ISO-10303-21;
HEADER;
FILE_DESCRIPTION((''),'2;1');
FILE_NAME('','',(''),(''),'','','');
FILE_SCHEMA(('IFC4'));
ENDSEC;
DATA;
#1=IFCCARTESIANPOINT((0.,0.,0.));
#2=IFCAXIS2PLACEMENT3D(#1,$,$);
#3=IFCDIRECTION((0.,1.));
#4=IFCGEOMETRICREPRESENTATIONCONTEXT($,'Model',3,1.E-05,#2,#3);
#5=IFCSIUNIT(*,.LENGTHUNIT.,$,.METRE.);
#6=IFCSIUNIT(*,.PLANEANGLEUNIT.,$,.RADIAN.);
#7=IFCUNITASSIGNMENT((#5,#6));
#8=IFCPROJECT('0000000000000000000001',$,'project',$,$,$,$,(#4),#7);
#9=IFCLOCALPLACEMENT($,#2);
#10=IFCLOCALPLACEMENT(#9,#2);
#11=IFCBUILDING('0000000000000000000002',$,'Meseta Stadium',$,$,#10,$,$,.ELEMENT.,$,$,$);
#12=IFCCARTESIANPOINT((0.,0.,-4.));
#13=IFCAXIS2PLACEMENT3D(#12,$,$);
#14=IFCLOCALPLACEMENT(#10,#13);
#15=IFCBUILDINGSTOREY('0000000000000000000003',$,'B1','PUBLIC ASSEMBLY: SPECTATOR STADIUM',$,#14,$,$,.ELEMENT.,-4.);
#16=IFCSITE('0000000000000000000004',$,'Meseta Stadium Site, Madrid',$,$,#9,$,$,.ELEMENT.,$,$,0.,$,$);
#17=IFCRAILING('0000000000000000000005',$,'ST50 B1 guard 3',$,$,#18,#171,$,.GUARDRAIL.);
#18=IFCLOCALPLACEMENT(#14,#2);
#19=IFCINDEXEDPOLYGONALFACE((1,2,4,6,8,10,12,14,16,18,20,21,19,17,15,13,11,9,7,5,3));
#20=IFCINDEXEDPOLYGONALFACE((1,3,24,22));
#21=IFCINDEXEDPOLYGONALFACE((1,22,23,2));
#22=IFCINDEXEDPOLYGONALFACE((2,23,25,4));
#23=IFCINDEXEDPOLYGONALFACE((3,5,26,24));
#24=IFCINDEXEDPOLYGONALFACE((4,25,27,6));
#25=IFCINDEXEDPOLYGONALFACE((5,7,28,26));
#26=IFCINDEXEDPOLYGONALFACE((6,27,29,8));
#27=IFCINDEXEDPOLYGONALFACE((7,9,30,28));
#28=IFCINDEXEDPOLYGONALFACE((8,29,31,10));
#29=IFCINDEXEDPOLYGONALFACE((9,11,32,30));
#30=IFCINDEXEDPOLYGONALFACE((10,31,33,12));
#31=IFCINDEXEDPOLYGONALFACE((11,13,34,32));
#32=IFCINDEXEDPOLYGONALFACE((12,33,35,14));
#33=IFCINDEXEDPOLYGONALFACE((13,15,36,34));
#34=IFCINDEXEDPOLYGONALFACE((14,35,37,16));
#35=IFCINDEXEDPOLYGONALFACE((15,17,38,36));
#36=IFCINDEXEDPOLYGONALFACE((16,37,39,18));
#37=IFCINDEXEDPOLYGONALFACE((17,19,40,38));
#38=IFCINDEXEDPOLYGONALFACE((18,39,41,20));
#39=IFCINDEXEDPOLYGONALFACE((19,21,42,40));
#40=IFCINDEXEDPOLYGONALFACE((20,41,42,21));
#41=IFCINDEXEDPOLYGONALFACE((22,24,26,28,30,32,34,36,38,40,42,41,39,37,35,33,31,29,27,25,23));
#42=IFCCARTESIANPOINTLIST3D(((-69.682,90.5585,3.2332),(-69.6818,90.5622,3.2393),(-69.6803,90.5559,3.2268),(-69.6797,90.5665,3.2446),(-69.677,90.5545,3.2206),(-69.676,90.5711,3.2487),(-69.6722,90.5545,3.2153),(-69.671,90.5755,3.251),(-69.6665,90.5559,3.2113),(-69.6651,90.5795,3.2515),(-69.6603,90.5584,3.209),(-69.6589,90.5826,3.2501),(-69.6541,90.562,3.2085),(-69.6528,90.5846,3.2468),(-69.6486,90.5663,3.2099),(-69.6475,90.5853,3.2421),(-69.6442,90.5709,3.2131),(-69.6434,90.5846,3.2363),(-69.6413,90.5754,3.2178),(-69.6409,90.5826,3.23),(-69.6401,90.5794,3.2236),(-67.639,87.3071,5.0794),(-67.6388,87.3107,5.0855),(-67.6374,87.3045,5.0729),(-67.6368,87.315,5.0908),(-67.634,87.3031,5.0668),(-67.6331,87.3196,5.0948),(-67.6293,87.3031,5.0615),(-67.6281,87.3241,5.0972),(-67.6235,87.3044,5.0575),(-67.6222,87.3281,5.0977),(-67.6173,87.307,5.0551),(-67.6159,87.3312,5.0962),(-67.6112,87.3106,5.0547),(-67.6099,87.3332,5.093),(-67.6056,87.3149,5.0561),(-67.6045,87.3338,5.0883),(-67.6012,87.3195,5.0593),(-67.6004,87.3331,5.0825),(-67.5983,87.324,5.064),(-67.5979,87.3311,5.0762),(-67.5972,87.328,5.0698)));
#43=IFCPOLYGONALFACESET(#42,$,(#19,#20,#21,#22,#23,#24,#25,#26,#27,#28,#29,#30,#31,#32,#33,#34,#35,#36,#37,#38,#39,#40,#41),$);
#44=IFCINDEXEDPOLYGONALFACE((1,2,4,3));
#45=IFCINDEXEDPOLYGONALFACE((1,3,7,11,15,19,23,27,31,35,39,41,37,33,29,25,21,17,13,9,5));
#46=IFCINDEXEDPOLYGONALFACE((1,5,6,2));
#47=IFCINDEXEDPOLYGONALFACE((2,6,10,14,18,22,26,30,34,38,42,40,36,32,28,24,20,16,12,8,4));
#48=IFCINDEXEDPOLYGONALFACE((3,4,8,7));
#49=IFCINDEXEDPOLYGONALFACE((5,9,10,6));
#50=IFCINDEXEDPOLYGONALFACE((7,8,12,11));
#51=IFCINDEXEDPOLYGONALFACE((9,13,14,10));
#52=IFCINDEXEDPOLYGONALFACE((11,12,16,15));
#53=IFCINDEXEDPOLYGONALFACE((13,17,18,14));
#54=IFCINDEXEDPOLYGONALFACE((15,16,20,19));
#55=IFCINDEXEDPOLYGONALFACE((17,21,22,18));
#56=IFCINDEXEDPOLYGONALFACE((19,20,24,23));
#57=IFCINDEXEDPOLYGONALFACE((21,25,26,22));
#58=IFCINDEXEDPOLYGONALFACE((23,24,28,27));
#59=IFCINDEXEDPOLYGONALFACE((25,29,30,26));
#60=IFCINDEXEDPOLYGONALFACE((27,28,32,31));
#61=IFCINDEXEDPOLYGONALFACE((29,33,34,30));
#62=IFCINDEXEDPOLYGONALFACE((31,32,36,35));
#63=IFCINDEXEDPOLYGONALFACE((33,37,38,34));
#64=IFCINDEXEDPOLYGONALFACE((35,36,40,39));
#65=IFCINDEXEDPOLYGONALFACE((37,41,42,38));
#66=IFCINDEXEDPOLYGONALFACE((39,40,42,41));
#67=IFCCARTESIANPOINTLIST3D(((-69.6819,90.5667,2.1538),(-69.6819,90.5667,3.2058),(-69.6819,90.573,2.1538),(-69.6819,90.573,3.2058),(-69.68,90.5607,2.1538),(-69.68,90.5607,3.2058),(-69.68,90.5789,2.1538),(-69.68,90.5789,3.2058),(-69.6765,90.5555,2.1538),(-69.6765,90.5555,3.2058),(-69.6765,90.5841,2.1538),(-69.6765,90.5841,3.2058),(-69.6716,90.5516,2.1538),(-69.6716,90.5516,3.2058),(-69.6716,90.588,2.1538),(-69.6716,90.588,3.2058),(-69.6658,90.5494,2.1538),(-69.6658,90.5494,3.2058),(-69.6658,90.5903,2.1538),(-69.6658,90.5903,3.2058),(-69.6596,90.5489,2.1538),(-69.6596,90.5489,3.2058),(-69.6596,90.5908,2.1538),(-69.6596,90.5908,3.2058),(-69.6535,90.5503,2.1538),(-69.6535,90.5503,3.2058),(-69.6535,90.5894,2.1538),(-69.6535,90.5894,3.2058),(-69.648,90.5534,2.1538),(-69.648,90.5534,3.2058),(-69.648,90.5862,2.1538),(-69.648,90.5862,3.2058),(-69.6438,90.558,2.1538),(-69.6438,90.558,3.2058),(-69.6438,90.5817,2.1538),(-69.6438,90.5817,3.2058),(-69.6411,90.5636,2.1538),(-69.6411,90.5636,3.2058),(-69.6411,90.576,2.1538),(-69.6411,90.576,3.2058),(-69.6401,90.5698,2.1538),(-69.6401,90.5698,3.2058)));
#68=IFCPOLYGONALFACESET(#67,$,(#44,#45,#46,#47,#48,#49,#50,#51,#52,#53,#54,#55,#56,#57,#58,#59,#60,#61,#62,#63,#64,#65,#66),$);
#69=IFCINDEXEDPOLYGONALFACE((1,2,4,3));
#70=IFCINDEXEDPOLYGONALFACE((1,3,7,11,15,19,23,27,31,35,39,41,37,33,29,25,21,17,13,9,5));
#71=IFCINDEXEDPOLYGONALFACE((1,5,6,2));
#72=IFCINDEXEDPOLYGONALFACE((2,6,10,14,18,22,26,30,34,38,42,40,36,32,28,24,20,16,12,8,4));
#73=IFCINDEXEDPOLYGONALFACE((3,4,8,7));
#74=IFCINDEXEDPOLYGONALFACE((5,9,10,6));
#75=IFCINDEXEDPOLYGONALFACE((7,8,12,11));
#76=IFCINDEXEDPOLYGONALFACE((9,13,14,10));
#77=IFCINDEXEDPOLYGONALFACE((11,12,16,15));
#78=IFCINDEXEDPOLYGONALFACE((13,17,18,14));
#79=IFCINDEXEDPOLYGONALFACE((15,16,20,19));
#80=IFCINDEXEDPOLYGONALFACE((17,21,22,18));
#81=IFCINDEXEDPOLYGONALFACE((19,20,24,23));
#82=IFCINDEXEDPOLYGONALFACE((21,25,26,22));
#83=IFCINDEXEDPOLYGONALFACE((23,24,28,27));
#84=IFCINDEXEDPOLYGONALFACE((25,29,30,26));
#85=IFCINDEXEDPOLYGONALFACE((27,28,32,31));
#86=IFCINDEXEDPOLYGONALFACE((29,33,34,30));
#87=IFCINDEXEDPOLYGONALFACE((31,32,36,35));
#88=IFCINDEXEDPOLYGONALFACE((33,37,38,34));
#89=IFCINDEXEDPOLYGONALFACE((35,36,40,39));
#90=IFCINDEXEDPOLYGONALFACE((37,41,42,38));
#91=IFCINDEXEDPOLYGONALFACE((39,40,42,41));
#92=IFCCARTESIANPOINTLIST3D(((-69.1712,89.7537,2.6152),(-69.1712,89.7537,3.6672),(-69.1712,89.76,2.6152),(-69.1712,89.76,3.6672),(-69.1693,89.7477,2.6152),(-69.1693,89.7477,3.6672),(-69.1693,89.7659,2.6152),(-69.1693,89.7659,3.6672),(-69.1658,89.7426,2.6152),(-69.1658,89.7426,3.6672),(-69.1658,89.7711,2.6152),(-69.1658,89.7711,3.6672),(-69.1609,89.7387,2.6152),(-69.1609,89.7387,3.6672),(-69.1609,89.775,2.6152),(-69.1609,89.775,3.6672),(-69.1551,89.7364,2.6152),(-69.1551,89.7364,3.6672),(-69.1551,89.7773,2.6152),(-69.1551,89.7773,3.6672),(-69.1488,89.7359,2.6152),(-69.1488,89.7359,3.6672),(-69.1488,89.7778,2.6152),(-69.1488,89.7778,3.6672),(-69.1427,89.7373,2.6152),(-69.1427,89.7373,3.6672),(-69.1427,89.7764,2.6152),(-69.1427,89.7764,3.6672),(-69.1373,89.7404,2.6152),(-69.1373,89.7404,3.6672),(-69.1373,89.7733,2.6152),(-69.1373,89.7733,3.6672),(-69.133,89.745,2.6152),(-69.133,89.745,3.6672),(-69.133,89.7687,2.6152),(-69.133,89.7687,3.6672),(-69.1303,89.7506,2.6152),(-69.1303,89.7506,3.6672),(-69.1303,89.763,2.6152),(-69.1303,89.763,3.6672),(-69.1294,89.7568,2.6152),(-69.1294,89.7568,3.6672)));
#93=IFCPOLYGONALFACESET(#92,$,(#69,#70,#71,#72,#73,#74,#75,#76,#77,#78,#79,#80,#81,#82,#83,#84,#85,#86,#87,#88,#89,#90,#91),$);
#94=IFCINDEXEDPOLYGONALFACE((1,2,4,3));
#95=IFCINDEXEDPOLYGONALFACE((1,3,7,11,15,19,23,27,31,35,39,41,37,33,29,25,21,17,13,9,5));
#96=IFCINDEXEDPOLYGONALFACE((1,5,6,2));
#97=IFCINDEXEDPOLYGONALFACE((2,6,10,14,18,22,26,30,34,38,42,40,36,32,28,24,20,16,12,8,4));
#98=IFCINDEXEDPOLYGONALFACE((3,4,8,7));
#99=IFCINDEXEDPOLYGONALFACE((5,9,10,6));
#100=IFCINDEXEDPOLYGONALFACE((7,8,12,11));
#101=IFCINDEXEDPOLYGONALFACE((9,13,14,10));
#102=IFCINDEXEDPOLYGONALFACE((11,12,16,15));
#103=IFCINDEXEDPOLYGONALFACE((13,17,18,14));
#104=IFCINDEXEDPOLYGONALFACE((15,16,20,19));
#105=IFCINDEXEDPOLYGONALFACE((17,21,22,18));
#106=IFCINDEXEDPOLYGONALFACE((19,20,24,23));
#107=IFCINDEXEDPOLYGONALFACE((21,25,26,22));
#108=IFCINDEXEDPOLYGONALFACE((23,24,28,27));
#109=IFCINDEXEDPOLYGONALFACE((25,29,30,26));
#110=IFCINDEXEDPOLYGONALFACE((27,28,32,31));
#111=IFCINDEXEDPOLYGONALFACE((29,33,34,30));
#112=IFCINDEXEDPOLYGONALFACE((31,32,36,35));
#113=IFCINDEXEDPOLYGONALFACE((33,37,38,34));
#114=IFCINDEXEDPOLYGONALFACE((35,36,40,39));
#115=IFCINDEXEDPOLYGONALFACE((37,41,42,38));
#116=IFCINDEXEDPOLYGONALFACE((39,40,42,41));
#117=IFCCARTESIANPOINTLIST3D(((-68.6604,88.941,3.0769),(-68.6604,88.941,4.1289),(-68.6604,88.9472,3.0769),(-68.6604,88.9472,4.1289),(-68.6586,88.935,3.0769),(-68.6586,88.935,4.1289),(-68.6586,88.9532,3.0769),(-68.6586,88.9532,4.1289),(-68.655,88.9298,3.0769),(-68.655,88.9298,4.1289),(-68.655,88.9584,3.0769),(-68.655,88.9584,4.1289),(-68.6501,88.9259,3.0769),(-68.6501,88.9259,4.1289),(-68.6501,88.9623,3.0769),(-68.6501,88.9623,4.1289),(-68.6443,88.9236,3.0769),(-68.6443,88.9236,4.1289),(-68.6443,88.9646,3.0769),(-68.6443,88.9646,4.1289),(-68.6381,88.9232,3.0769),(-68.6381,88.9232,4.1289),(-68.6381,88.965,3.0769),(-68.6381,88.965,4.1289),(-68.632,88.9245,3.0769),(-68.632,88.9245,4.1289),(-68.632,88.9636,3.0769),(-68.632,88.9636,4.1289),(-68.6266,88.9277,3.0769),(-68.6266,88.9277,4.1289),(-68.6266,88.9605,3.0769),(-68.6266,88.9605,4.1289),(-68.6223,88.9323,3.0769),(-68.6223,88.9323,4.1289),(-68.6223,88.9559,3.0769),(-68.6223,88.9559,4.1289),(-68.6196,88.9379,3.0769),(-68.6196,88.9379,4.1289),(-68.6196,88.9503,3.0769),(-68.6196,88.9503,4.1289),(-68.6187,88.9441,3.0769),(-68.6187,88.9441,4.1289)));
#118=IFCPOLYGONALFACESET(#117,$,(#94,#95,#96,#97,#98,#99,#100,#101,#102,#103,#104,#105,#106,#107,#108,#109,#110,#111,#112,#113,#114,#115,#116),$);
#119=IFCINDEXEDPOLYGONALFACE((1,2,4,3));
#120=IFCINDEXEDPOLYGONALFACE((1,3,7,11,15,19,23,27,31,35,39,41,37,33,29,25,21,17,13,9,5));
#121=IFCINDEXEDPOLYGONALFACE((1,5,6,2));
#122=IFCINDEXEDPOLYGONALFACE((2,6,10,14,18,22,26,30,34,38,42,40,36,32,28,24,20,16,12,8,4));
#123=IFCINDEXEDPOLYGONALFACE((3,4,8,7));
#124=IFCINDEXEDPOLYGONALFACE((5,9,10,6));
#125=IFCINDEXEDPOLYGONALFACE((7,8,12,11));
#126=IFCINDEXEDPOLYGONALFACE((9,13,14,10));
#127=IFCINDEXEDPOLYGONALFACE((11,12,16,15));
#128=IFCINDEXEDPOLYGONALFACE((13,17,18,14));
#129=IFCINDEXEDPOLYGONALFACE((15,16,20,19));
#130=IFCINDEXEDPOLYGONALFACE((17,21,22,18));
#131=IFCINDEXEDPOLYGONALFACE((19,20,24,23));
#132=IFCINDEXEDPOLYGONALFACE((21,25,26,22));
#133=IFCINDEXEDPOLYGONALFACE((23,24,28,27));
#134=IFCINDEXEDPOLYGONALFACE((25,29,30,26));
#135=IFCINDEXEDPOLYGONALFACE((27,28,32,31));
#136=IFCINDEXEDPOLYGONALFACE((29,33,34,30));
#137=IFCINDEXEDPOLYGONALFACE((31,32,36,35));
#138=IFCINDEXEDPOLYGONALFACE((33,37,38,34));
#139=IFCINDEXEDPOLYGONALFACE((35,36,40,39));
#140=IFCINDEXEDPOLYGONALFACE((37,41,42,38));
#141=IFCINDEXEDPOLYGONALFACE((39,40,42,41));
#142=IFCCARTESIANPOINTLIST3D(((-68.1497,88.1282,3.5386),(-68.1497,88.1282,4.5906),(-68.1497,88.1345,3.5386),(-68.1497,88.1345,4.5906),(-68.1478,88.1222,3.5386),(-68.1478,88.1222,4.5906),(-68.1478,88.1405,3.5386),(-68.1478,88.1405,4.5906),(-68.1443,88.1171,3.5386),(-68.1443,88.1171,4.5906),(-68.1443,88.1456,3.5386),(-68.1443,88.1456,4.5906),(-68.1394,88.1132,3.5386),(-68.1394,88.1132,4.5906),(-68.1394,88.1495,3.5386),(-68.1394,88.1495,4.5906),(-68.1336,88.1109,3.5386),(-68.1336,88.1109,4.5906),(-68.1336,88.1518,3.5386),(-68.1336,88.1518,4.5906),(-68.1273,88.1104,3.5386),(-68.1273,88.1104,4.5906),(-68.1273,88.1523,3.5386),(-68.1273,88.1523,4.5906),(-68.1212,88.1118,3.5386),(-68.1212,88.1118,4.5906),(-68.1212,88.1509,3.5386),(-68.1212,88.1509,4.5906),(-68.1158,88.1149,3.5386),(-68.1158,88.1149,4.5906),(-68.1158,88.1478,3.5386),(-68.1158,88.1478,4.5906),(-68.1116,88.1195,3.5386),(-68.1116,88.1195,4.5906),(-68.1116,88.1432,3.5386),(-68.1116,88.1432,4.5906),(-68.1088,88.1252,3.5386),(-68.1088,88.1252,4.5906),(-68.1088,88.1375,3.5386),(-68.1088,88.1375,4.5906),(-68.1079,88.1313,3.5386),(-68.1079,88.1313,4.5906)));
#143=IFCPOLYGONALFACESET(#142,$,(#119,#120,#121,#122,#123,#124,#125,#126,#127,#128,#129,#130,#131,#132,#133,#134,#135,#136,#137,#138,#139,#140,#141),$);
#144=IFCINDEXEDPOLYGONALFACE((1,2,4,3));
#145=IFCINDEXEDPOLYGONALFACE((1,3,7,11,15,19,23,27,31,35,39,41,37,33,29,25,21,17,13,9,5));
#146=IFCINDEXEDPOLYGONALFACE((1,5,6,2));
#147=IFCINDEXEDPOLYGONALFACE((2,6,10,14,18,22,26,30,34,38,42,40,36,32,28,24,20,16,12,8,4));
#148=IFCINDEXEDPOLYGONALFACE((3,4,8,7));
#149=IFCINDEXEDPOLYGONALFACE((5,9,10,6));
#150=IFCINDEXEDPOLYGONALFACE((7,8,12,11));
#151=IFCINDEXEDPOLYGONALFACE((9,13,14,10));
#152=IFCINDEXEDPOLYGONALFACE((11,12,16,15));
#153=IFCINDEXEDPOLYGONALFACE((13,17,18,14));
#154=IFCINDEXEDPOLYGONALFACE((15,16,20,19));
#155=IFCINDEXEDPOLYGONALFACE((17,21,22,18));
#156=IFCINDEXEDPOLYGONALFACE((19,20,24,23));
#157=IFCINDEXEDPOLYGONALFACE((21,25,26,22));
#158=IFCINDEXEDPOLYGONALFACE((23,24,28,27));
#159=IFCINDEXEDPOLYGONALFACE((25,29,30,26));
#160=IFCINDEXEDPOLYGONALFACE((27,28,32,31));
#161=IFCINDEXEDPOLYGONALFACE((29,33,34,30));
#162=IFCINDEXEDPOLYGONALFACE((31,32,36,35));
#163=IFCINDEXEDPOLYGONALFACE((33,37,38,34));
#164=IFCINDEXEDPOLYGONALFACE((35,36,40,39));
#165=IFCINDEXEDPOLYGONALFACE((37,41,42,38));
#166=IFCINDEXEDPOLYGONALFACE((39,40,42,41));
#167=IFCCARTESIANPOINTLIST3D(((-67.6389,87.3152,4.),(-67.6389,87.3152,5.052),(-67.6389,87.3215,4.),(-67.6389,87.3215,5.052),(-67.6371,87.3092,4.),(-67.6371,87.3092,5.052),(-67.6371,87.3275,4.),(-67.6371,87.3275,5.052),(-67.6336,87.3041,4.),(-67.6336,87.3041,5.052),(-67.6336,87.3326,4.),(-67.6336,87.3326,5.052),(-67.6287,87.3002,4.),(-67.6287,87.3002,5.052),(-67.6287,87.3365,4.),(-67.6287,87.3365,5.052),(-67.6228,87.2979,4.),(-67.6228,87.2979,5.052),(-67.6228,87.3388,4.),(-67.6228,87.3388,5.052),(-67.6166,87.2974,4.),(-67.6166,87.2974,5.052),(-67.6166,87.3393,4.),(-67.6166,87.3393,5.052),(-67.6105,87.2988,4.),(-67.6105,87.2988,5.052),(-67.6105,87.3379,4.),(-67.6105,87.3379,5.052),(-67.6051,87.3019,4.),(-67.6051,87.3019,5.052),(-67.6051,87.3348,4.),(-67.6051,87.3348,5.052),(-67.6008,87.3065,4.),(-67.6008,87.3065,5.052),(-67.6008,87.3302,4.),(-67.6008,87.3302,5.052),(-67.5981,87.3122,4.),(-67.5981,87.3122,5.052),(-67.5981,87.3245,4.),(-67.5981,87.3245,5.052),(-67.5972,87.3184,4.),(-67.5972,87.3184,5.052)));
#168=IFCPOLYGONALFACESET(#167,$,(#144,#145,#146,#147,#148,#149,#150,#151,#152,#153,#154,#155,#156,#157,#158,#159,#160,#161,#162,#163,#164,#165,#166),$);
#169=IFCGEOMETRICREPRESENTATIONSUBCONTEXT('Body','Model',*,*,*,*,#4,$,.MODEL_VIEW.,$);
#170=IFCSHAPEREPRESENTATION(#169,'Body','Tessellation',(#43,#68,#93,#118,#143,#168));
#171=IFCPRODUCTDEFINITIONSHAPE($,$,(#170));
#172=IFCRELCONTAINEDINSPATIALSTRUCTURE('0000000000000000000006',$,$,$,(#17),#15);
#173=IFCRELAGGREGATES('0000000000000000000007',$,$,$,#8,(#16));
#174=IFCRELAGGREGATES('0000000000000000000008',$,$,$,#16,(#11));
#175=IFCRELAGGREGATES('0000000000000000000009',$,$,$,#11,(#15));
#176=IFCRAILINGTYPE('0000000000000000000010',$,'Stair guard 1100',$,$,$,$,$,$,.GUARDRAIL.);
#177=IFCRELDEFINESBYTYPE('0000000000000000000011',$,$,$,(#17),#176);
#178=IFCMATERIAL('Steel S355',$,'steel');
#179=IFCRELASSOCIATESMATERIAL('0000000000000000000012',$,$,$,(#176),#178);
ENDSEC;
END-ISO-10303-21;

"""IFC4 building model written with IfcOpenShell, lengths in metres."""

from ifc_helpers import new_model, si_unit, direction, frame, origin, origin_2d, place, context, subcontext, project, spatial, circle, extrude, material, type_object, element, save


model = new_model("IFC4")

# Units and contexts
model_context = context("Model", 3, precision=1e-05, world=origin(), true_north=direction((0.0, 1.0)))
body_context = subcontext(model_context, "Body", "Model", "MODEL_VIEW")
ifc_project = project(units=[si_unit("LENGTHUNIT", "METRE"), si_unit("PLANEANGLEUNIT", "RADIAN")], contexts=[model_context])

# Site, building, storey
site_placement = place(None, origin())
site = spatial("IfcSite", under=ifc_project, at=site_placement, Name="Meseta Stadium Site, Madrid", CompositionType="ELEMENT", RefElevation=0.0)
building_placement = place(site_placement, origin())
building = spatial("IfcBuilding", under=site, at=building_placement, Name="Meseta Stadium", CompositionType="ELEMENT")
storey_placement = place(building_placement, frame((0.0, 0.0, -4.0)))
storey = spatial("IfcBuildingStorey", under=building, at=storey_placement, Name="B1", Description="PUBLIC ASSEMBLY: SPECTATOR STADIUM", CompositionType="ELEMENT", Elevation=-4.0)

# Railing
ifc_material_1 = material(Name="Steel S355", Category="steel")
railing_type_1 = type_object("IfcRailingType", Name="Stair guard 1100", PredefinedType="GUARDRAIL", material=ifc_material_1)
railing_1_placement = place(storey_placement, frame((-69.6611, 90.5698, 2.1538)))
element("IfcRailing", 1, at=railing_1_placement, inside=storey, type_object=railing_type_1, Name="ST50 B1 guard 3", PredefinedType="GUARDRAIL", context=body_context, shape_type="SweptSolid", body=[
    extrude(circle(Radius=0.0239, at=origin_2d()), frame((0.0, 0.0, 1.0762), z_axis=(0.479483, -0.763117, 0.4333), x_axis=(0.846731, 0.53202, 0.0)), (0.0, 0.0, 1.0), 4.2607),
    extrude(circle(Radius=0.021, at=origin_2d()), origin(), (0.0, 0.0, 1.0), 1.052),
    extrude(circle(Radius=0.021, at=origin_2d()), frame((0.5107, -0.813, 0.4614)), (0.0, 0.0, 1.0), 1.052),
    extrude(circle(Radius=0.021, at=origin_2d()), frame((1.0215, -1.6257, 0.9231)), (0.0, 0.0, 1.0), 1.052),
    extrude(circle(Radius=0.021, at=origin_2d()), frame((1.5322, -2.4385, 1.3848)), (0.0, 0.0, 1.0), 1.052),
    extrude(circle(Radius=0.021, at=origin_2d()), frame((2.043, -3.2515, 1.8462)), (0.0, 0.0, 1.0), 1.052),
])

save(model, "model.ifc")
